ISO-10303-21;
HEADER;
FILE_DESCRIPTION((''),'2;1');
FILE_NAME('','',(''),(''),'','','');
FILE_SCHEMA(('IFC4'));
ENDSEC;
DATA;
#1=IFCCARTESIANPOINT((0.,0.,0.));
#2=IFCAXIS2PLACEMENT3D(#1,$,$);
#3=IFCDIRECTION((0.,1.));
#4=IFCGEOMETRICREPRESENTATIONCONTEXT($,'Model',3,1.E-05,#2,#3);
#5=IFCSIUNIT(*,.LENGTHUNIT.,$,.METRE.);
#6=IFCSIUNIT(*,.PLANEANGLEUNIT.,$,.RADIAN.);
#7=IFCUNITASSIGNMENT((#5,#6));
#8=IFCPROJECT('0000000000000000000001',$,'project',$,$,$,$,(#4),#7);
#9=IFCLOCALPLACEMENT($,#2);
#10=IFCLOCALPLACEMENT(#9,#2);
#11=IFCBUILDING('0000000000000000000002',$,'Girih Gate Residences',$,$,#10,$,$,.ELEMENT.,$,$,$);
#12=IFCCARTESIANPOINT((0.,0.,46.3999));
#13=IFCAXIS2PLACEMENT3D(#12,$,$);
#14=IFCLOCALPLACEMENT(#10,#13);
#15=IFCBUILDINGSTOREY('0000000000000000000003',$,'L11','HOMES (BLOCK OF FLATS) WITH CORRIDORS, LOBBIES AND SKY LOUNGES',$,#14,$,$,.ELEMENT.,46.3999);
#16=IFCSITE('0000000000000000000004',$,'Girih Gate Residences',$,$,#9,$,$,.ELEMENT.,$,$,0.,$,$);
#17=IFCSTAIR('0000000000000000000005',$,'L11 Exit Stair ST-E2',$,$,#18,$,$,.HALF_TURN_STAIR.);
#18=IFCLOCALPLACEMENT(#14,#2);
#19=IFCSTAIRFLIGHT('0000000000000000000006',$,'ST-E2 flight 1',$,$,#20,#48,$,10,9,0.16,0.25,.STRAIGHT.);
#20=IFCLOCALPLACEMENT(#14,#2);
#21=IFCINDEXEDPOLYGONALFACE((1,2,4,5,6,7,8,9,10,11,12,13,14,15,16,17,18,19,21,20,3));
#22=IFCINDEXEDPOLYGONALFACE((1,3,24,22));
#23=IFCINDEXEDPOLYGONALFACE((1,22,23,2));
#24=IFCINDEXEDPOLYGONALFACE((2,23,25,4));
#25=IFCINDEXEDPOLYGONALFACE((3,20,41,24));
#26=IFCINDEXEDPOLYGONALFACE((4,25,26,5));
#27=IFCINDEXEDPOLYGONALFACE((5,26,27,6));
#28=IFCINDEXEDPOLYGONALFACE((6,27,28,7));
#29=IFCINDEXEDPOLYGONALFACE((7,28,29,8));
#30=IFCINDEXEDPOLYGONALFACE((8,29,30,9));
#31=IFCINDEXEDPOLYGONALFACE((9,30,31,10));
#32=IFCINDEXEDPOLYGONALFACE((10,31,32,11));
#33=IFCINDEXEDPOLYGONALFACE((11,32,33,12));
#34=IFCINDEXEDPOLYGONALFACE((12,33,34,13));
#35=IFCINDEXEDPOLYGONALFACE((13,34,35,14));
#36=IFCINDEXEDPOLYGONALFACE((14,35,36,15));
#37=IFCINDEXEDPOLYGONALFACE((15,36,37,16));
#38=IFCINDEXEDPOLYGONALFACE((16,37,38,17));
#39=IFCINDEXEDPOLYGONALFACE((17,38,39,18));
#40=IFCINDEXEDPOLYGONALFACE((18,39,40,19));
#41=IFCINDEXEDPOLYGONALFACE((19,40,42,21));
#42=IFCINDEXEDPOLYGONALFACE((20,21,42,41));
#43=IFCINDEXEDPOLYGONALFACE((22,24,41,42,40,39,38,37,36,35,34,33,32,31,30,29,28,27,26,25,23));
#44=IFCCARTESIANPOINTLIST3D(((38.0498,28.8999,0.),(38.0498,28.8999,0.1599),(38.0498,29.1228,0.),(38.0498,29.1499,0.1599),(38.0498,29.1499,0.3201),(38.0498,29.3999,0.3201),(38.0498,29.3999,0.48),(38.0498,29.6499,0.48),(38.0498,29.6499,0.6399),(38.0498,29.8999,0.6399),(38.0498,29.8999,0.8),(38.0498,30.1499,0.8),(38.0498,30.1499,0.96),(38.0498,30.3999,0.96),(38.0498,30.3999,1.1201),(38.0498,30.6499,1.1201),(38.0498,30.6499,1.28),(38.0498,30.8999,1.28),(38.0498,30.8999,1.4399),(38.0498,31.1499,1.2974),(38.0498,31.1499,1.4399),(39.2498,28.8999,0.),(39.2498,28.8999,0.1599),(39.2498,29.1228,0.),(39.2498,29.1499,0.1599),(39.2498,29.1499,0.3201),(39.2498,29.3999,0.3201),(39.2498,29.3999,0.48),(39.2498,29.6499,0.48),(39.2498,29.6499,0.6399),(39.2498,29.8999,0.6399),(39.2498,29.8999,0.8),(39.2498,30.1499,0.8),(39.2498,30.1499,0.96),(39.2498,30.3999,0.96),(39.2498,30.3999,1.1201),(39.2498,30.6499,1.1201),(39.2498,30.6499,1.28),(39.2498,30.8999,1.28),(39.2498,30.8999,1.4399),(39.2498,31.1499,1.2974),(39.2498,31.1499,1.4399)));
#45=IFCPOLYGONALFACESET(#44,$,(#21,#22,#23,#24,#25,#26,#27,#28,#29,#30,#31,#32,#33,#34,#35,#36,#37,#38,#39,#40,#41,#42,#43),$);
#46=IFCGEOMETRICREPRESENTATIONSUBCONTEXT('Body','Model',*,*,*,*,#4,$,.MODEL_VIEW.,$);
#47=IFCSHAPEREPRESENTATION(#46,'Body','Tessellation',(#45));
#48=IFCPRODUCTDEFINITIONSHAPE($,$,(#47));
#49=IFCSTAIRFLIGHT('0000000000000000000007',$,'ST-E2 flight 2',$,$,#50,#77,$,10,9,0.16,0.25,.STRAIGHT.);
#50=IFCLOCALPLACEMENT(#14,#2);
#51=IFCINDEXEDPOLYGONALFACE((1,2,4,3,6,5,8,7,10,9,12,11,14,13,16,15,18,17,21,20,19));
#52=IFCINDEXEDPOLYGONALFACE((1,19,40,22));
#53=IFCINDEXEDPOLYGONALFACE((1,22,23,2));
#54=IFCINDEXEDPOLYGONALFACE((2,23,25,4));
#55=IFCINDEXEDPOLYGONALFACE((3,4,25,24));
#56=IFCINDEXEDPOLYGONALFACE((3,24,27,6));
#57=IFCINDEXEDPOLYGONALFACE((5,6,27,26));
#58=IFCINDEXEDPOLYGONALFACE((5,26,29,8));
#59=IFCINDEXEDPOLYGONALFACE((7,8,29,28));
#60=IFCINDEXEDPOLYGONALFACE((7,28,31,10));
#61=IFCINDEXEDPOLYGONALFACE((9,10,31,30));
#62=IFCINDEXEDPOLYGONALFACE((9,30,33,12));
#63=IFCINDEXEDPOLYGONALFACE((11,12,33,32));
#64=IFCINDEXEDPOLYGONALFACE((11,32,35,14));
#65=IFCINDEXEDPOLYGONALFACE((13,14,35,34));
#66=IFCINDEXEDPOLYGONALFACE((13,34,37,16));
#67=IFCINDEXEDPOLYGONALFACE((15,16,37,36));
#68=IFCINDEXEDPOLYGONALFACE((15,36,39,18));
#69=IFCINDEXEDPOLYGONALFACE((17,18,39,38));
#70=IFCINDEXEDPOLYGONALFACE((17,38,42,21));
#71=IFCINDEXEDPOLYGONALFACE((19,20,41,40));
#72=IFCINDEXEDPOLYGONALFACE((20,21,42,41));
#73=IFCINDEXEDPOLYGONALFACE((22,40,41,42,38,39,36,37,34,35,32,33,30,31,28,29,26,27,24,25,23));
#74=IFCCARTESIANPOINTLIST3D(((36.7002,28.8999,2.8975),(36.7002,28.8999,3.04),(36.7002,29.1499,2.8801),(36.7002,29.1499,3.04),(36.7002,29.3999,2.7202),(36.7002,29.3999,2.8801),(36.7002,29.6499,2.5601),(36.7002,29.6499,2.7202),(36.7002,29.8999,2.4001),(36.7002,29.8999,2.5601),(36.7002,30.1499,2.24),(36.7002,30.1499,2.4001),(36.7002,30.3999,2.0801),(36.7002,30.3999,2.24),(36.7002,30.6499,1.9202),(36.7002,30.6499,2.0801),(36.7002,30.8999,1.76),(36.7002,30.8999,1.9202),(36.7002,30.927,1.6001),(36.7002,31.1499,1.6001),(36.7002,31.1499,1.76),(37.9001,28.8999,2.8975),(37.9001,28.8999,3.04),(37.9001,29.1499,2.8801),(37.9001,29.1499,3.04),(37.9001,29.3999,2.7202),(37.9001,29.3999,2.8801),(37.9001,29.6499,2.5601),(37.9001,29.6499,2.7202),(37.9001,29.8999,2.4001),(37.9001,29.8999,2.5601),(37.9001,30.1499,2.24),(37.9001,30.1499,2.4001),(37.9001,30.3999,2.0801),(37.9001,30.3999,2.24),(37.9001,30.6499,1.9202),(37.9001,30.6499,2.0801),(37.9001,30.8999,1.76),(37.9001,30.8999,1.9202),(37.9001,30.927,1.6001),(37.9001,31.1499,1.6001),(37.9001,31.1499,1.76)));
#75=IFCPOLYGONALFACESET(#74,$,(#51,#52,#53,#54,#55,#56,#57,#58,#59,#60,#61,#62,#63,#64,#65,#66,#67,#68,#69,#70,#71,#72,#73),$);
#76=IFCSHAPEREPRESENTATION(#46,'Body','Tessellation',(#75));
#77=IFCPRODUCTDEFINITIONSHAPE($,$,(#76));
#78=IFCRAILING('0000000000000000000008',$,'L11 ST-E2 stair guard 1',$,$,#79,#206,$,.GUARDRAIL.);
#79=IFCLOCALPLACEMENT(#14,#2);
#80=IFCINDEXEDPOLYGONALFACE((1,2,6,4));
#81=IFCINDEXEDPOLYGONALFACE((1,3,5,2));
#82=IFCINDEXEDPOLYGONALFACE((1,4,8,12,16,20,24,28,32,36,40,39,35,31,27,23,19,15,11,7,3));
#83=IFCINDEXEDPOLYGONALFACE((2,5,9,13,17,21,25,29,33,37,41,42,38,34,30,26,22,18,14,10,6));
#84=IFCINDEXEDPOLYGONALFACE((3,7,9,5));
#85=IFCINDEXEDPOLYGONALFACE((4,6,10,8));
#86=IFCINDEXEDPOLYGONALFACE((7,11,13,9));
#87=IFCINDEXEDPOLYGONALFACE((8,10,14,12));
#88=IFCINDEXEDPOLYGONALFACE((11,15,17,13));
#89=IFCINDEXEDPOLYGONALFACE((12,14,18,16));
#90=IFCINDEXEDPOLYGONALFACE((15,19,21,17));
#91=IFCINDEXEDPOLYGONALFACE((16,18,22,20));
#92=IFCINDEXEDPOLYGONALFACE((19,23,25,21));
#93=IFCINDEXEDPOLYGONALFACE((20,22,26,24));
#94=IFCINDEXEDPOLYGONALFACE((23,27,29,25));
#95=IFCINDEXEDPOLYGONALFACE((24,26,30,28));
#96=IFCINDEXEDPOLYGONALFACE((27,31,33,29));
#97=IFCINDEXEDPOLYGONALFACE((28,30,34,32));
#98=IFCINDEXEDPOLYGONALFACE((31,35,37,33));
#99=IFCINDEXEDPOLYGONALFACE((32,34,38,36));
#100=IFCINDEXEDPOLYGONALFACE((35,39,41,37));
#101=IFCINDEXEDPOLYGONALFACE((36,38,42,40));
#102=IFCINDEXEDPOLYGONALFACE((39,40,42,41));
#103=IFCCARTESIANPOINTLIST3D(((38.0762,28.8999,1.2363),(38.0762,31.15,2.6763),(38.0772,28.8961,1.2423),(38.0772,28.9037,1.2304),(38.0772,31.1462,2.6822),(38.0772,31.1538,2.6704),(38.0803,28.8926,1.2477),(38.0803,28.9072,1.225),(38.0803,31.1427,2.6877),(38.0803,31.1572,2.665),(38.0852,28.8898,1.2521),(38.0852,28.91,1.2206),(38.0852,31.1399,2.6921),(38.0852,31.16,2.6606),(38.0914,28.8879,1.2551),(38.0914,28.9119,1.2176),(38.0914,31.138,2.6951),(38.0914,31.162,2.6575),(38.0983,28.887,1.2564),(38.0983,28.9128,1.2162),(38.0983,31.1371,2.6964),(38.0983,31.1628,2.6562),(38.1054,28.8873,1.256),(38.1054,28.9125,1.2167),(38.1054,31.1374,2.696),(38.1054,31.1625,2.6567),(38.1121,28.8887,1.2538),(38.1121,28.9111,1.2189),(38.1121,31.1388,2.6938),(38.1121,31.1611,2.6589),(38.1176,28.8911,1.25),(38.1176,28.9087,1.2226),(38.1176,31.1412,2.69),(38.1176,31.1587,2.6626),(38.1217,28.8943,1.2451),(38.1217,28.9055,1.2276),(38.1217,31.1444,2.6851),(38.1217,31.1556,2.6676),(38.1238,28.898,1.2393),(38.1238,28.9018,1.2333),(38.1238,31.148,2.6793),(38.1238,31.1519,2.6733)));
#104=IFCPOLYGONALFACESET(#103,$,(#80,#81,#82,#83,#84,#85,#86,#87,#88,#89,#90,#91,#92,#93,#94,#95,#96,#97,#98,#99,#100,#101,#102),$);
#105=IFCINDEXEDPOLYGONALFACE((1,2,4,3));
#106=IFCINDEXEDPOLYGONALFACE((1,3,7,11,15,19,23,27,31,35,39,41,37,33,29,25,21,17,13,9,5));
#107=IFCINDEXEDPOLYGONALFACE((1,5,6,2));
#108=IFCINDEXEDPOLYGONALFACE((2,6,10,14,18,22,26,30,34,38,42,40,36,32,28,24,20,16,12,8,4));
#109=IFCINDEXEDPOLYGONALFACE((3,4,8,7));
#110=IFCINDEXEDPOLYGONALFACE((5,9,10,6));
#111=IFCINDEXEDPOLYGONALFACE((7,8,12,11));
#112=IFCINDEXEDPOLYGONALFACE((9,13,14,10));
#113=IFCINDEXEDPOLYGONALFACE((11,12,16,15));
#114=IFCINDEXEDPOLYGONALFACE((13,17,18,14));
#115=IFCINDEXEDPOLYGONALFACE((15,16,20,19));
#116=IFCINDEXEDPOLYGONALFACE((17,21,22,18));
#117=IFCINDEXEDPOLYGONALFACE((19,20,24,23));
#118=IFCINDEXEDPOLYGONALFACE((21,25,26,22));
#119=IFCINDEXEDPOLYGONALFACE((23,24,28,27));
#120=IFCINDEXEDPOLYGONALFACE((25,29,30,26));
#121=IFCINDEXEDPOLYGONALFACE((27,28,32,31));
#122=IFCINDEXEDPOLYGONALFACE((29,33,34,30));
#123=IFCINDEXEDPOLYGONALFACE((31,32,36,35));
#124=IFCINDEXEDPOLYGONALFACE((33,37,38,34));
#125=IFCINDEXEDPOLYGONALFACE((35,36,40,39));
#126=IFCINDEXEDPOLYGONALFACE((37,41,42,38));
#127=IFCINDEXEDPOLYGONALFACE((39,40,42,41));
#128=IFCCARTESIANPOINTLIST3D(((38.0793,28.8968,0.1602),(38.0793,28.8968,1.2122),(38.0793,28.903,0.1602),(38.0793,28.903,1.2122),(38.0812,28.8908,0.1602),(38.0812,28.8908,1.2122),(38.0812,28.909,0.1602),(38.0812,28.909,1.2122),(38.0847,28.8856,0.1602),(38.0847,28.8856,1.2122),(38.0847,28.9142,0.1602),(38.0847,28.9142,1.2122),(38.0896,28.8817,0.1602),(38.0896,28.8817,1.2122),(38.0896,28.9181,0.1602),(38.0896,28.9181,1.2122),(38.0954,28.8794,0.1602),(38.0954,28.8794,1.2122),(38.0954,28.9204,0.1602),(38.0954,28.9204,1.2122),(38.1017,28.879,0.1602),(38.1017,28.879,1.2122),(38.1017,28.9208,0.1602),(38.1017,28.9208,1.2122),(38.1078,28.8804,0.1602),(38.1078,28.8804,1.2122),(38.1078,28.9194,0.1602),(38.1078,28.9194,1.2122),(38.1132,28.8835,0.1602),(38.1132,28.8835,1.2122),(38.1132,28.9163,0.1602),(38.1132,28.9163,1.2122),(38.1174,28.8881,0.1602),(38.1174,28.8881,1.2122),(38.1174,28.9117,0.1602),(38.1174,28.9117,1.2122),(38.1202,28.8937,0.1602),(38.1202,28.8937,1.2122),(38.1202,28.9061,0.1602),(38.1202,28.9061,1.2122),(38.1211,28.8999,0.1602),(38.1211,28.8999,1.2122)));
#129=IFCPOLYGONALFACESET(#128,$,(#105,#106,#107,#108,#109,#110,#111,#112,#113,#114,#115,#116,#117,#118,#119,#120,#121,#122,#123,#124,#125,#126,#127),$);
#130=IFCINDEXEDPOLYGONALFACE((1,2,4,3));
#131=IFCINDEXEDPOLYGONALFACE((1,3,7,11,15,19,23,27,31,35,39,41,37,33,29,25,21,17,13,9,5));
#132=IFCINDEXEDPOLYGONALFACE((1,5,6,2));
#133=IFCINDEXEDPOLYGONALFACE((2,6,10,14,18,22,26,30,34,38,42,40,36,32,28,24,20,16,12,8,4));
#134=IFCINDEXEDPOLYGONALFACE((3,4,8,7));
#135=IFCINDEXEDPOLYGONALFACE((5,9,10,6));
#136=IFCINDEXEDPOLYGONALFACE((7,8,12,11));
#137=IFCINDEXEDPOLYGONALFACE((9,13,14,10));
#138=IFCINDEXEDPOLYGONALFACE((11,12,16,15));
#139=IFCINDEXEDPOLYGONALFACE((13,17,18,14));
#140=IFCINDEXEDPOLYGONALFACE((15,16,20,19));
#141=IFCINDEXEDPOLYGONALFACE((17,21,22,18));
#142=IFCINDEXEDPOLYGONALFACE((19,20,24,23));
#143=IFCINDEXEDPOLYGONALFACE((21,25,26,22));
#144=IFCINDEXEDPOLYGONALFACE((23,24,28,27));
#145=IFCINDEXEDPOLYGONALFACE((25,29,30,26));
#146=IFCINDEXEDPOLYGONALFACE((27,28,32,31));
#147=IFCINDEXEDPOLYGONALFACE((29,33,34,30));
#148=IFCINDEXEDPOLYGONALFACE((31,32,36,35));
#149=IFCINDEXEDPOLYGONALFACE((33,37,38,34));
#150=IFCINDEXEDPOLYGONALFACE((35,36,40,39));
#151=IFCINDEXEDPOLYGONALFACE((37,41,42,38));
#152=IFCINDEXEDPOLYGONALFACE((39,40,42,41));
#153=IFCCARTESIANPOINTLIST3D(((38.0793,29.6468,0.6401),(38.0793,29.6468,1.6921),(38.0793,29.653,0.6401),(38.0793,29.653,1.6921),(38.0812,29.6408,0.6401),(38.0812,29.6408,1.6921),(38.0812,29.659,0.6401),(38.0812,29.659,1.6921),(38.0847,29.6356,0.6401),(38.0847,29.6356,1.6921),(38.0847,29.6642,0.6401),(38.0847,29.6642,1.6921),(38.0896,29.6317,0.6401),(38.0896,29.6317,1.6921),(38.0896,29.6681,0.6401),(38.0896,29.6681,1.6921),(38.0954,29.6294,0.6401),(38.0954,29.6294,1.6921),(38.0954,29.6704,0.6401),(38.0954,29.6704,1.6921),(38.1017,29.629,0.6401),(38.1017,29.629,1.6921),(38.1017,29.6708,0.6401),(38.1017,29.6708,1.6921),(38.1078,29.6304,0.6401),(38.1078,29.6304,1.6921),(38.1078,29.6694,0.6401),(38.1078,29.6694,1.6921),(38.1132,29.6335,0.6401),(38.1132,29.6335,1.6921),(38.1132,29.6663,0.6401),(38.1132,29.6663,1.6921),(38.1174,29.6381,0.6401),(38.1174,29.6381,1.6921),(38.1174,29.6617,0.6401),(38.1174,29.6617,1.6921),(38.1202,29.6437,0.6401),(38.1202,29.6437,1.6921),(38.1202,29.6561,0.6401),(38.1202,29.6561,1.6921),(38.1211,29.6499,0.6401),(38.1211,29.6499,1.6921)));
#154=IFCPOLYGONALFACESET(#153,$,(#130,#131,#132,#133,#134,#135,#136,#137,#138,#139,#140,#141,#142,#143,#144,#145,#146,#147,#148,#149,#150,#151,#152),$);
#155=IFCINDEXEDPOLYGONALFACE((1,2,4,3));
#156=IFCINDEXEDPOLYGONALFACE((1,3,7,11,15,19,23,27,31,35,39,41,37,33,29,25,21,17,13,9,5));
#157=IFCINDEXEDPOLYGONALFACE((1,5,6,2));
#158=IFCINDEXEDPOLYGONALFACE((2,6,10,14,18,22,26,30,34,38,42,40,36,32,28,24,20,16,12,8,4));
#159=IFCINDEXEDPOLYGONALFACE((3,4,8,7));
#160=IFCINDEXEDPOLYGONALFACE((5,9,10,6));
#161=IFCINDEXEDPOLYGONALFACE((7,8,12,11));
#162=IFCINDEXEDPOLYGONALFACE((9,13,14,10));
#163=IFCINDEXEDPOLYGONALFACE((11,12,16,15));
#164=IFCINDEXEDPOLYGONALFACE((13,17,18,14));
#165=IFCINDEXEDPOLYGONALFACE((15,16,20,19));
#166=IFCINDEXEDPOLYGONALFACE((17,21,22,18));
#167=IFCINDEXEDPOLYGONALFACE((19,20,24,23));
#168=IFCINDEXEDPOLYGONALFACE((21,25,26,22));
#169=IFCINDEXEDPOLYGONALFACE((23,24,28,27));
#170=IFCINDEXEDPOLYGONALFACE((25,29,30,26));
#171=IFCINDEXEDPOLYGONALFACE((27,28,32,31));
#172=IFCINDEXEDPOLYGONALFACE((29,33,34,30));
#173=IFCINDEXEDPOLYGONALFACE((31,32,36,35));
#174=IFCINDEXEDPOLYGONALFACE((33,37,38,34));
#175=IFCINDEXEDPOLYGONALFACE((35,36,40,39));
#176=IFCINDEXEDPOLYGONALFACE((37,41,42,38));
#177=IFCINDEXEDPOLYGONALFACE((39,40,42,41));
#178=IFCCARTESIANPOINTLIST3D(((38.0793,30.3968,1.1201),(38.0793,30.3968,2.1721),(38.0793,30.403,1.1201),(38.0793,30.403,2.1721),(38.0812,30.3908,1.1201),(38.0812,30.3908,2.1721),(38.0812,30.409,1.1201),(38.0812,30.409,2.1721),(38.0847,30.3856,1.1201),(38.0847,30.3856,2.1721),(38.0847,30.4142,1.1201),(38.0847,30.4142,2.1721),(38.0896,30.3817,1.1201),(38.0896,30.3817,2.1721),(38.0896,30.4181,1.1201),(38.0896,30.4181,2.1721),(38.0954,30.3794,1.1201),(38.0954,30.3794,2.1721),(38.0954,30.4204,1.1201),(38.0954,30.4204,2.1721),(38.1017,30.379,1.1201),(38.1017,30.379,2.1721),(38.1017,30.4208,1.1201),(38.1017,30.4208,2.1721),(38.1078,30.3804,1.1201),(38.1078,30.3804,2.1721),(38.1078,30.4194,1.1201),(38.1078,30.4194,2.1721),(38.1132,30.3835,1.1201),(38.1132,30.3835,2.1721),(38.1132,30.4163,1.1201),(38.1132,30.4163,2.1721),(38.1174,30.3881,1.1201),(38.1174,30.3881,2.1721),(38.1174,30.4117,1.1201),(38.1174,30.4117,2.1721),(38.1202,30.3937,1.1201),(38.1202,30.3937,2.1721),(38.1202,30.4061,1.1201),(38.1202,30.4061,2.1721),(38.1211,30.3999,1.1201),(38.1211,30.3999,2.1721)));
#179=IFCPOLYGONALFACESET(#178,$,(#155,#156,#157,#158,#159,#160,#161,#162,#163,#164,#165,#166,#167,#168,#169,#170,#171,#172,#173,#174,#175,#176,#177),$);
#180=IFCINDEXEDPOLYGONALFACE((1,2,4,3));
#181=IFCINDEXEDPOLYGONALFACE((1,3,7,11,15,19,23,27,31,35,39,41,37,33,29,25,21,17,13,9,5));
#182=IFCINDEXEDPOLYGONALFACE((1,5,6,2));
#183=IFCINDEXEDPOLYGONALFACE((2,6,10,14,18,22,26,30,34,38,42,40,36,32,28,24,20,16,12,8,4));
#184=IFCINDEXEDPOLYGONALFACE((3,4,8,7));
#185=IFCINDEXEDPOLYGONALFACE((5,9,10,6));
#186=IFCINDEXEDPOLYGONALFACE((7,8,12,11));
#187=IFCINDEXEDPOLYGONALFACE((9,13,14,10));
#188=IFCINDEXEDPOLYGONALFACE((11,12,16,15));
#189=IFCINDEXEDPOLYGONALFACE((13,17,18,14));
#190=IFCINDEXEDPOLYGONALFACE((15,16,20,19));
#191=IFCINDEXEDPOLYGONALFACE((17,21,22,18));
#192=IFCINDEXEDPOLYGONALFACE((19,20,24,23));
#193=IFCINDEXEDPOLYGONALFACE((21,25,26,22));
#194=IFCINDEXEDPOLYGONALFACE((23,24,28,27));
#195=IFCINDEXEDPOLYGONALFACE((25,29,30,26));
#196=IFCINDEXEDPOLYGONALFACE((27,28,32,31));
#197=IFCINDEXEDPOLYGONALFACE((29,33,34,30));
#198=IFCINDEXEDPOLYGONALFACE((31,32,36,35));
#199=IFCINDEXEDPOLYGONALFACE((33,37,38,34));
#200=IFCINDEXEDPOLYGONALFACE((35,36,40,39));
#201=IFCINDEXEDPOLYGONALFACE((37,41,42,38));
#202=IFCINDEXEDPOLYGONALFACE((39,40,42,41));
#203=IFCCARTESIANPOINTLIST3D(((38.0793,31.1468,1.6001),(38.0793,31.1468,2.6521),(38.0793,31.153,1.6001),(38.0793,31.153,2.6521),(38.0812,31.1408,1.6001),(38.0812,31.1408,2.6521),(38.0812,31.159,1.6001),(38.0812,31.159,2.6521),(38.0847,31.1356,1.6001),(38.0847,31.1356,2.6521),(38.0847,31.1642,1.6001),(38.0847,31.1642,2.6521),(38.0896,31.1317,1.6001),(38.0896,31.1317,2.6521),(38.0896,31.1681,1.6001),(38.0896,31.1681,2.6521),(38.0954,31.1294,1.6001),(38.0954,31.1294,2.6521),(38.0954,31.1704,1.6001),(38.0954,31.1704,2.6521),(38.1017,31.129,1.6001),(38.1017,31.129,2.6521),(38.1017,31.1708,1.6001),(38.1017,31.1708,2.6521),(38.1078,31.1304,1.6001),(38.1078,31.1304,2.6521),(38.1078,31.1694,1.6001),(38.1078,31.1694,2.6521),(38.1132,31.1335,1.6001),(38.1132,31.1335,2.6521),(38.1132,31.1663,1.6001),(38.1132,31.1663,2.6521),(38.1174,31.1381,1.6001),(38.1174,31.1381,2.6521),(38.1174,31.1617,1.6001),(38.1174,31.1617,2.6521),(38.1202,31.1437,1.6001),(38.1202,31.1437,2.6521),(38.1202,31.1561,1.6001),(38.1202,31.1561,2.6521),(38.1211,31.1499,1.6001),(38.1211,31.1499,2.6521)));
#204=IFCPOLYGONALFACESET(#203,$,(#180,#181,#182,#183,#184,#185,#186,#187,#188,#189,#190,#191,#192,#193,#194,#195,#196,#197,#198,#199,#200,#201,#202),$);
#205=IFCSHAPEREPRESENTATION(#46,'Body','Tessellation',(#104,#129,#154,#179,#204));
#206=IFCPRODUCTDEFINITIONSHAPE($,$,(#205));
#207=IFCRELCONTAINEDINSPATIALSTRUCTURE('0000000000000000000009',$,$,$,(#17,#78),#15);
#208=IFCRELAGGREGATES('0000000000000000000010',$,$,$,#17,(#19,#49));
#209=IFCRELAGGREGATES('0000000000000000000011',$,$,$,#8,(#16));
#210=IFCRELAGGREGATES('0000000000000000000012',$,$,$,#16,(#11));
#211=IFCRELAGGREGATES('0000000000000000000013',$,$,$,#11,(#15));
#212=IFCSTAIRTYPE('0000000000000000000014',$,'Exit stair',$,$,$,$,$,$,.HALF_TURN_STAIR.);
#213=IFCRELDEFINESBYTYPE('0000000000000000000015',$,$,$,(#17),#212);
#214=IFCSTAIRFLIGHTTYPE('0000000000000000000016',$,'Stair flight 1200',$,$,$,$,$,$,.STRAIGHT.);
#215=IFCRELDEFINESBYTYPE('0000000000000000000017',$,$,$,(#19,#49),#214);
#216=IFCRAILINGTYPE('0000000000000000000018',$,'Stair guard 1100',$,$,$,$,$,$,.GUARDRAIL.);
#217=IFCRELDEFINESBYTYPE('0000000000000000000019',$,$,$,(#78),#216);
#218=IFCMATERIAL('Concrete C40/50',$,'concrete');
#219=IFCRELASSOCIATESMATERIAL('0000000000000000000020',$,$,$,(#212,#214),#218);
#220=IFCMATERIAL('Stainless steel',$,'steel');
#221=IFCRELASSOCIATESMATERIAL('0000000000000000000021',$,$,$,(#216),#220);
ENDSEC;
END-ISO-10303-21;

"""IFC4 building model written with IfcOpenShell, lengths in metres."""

from ifc_helpers import new_model, si_unit, direction, frame, origin, origin_2d, place, context, subcontext, project, spatial, polyline, circle, outline, extrude, material, type_object, element, aggregate, save


model = new_model("IFC4")

# Units and contexts
model_context = context("Model", 3, precision=1e-05, world=origin(), true_north=direction((0.0, 1.0)))
body_context = subcontext(model_context, "Body", "Model", "MODEL_VIEW")
ifc_project = project(units=[si_unit("LENGTHUNIT", "METRE"), si_unit("PLANEANGLEUNIT", "RADIAN")], contexts=[model_context])

# Site, building, storey
site_placement = place(None, origin())
site = spatial("IfcSite", under=ifc_project, at=site_placement, Name="Girih Gate Residences", CompositionType="ELEMENT", RefElevation=0.0)
building_placement = place(site_placement, origin())
building = spatial("IfcBuilding", under=site, at=building_placement, Name="Girih Gate Residences", CompositionType="ELEMENT")
storey_placement = place(building_placement, frame((0.0, 0.0, 46.3999)))
storey = spatial("IfcBuildingStorey", under=building, at=storey_placement, Name="L11", Description="HOMES (BLOCK OF FLATS) WITH CORRIDORS, LOBBIES AND SKY LOUNGES", CompositionType="ELEMENT", Elevation=46.3999)

# Shared definitions
ifc_material_1 = material(Name="Concrete C40/50", Category="concrete")

# Shared definitions
ifc_material_2 = material(Name="Stainless steel", Category="steel")

# Stair, stair flights
stair_type = type_object("IfcStairType", Name="Exit stair", PredefinedType="HALF_TURN_STAIR", material=ifc_material_1)
stair_placement = place(storey_placement, origin())
stair = element("IfcStair", 1, at=stair_placement, inside=storey, type_object=stair_type, Name="L11 Exit Stair ST-E2", PredefinedType="HALF_TURN_STAIR")
stair_flight_type = type_object("IfcStairFlightType", Name="Stair flight 1200", PredefinedType="STRAIGHT", material=ifc_material_1)
stair_flight_1_placement = place(storey_placement, frame((38.6499, 28.8999, 0.0), z_axis=(0.0, 0.0, 1.0), x_axis=(0.0, 1.0, 0.0)))
stair_flight_1 = element("IfcStairFlight", 2, at=stair_flight_1_placement, type_object=stair_flight_type, Name="ST-E2 flight 1", NumberOfRisers=10, NumberOfTreads=9, PredefinedType="STRAIGHT", RiserHeight=0.16, TreadLength=0.25, context=body_context, shape_type="SweptSolid", body=[
    extrude(outline(polyline([(0.0, 0.0), (0.0, 0.1599), (0.25, 0.1599), (0.25, 0.3201), (0.5, 0.3201), (0.5, 0.48), (0.75, 0.48), (0.75, 0.6399), (1.0, 0.6399), (1.0, 0.8), (1.25, 0.8), (1.25, 0.96), (1.5, 0.96), (1.5, 1.1201), (1.75, 1.1201), (1.75, 1.28), (2.0, 1.28), (2.0, 1.4399), (2.25, 1.4399), (2.25, 1.6001), (2.25, 1.2974), (0.2229, 0.0), (0.0, 0.0)])), frame((0.0, 0.6001, 0.0), z_axis=(0.0, -1.0, 0.0), x_axis=(1.0, 0.0, 0.0)), (0.0, 0.0, 1.0), 1.2),
])
stair_flight_2_placement = place(storey_placement, frame((37.3, 31.1499, 1.6001), z_axis=(0.0, 0.0, 1.0), x_axis=(0.0, -1.0, 0.0)))
stair_flight_2 = element("IfcStairFlight", 3, at=stair_flight_2_placement, type_object=stair_flight_type, Name="ST-E2 flight 2", NumberOfRisers=10, NumberOfTreads=9, PredefinedType="STRAIGHT", RiserHeight=0.16, TreadLength=0.25, context=body_context, shape_type="SweptSolid", body=[
    extrude(outline(polyline([(0.0, 0.0), (0.0, 0.1599), (0.25, 0.1599), (0.25, 0.3201), (0.5, 0.3201), (0.5, 0.48), (0.75, 0.48), (0.75, 0.6399), (1.0, 0.6399), (1.0, 0.8), (1.25, 0.8), (1.25, 0.96), (1.5, 0.96), (1.5, 1.1201), (1.75, 1.1201), (1.75, 1.28), (2.0, 1.28), (2.0, 1.4399), (2.25, 1.4399), (2.25, 1.6001), (2.25, 1.2974), (0.2229, 0.0), (0.0, 0.0)])), frame((0.0, 0.6001, 0.0), z_axis=(0.0, -1.0, 0.0), x_axis=(1.0, 0.0, 0.0)), (0.0, 0.0, 1.0), 1.2),
])
aggregate(stair, [stair_flight_1, stair_flight_2])

# Railing
railing_type_1 = type_object("IfcRailingType", Name="Stair guard 1100", PredefinedType="GUARDRAIL", material=ifc_material_2)
railing_1_placement = place(storey_placement, frame((38.1001, 28.8999, 0.1602)))
element("IfcRailing", 4, at=railing_1_placement, inside=storey, type_object=railing_type_1, Name="L11 ST-E2 stair guard 1", PredefinedType="GUARDRAIL", context=body_context, shape_type="SweptSolid", body=[
    extrude(circle(Radius=0.0239, at=origin_2d()), frame((0.0, 0.0, 1.0762), z_axis=(0.0, 0.842281, 0.539038), x_axis=(-1.0, 0.0, 0.0)), (0.0, 0.0, 1.0), 2.6714),
    extrude(circle(Radius=0.021, at=origin_2d()), origin(), (0.0, 0.0, 1.0), 1.052),
    extrude(circle(Radius=0.021, at=origin_2d()), frame((0.0, 0.75, 0.48)), (0.0, 0.0, 1.0), 1.052),
    extrude(circle(Radius=0.021, at=origin_2d()), frame((0.0, 1.5, 0.96)), (0.0, 0.0, 1.0), 1.052),
    extrude(circle(Radius=0.021, at=origin_2d()), frame((0.0, 2.25, 1.4399)), (0.0, 0.0, 1.0), 1.052),
])

save(model, "model.ifc")
